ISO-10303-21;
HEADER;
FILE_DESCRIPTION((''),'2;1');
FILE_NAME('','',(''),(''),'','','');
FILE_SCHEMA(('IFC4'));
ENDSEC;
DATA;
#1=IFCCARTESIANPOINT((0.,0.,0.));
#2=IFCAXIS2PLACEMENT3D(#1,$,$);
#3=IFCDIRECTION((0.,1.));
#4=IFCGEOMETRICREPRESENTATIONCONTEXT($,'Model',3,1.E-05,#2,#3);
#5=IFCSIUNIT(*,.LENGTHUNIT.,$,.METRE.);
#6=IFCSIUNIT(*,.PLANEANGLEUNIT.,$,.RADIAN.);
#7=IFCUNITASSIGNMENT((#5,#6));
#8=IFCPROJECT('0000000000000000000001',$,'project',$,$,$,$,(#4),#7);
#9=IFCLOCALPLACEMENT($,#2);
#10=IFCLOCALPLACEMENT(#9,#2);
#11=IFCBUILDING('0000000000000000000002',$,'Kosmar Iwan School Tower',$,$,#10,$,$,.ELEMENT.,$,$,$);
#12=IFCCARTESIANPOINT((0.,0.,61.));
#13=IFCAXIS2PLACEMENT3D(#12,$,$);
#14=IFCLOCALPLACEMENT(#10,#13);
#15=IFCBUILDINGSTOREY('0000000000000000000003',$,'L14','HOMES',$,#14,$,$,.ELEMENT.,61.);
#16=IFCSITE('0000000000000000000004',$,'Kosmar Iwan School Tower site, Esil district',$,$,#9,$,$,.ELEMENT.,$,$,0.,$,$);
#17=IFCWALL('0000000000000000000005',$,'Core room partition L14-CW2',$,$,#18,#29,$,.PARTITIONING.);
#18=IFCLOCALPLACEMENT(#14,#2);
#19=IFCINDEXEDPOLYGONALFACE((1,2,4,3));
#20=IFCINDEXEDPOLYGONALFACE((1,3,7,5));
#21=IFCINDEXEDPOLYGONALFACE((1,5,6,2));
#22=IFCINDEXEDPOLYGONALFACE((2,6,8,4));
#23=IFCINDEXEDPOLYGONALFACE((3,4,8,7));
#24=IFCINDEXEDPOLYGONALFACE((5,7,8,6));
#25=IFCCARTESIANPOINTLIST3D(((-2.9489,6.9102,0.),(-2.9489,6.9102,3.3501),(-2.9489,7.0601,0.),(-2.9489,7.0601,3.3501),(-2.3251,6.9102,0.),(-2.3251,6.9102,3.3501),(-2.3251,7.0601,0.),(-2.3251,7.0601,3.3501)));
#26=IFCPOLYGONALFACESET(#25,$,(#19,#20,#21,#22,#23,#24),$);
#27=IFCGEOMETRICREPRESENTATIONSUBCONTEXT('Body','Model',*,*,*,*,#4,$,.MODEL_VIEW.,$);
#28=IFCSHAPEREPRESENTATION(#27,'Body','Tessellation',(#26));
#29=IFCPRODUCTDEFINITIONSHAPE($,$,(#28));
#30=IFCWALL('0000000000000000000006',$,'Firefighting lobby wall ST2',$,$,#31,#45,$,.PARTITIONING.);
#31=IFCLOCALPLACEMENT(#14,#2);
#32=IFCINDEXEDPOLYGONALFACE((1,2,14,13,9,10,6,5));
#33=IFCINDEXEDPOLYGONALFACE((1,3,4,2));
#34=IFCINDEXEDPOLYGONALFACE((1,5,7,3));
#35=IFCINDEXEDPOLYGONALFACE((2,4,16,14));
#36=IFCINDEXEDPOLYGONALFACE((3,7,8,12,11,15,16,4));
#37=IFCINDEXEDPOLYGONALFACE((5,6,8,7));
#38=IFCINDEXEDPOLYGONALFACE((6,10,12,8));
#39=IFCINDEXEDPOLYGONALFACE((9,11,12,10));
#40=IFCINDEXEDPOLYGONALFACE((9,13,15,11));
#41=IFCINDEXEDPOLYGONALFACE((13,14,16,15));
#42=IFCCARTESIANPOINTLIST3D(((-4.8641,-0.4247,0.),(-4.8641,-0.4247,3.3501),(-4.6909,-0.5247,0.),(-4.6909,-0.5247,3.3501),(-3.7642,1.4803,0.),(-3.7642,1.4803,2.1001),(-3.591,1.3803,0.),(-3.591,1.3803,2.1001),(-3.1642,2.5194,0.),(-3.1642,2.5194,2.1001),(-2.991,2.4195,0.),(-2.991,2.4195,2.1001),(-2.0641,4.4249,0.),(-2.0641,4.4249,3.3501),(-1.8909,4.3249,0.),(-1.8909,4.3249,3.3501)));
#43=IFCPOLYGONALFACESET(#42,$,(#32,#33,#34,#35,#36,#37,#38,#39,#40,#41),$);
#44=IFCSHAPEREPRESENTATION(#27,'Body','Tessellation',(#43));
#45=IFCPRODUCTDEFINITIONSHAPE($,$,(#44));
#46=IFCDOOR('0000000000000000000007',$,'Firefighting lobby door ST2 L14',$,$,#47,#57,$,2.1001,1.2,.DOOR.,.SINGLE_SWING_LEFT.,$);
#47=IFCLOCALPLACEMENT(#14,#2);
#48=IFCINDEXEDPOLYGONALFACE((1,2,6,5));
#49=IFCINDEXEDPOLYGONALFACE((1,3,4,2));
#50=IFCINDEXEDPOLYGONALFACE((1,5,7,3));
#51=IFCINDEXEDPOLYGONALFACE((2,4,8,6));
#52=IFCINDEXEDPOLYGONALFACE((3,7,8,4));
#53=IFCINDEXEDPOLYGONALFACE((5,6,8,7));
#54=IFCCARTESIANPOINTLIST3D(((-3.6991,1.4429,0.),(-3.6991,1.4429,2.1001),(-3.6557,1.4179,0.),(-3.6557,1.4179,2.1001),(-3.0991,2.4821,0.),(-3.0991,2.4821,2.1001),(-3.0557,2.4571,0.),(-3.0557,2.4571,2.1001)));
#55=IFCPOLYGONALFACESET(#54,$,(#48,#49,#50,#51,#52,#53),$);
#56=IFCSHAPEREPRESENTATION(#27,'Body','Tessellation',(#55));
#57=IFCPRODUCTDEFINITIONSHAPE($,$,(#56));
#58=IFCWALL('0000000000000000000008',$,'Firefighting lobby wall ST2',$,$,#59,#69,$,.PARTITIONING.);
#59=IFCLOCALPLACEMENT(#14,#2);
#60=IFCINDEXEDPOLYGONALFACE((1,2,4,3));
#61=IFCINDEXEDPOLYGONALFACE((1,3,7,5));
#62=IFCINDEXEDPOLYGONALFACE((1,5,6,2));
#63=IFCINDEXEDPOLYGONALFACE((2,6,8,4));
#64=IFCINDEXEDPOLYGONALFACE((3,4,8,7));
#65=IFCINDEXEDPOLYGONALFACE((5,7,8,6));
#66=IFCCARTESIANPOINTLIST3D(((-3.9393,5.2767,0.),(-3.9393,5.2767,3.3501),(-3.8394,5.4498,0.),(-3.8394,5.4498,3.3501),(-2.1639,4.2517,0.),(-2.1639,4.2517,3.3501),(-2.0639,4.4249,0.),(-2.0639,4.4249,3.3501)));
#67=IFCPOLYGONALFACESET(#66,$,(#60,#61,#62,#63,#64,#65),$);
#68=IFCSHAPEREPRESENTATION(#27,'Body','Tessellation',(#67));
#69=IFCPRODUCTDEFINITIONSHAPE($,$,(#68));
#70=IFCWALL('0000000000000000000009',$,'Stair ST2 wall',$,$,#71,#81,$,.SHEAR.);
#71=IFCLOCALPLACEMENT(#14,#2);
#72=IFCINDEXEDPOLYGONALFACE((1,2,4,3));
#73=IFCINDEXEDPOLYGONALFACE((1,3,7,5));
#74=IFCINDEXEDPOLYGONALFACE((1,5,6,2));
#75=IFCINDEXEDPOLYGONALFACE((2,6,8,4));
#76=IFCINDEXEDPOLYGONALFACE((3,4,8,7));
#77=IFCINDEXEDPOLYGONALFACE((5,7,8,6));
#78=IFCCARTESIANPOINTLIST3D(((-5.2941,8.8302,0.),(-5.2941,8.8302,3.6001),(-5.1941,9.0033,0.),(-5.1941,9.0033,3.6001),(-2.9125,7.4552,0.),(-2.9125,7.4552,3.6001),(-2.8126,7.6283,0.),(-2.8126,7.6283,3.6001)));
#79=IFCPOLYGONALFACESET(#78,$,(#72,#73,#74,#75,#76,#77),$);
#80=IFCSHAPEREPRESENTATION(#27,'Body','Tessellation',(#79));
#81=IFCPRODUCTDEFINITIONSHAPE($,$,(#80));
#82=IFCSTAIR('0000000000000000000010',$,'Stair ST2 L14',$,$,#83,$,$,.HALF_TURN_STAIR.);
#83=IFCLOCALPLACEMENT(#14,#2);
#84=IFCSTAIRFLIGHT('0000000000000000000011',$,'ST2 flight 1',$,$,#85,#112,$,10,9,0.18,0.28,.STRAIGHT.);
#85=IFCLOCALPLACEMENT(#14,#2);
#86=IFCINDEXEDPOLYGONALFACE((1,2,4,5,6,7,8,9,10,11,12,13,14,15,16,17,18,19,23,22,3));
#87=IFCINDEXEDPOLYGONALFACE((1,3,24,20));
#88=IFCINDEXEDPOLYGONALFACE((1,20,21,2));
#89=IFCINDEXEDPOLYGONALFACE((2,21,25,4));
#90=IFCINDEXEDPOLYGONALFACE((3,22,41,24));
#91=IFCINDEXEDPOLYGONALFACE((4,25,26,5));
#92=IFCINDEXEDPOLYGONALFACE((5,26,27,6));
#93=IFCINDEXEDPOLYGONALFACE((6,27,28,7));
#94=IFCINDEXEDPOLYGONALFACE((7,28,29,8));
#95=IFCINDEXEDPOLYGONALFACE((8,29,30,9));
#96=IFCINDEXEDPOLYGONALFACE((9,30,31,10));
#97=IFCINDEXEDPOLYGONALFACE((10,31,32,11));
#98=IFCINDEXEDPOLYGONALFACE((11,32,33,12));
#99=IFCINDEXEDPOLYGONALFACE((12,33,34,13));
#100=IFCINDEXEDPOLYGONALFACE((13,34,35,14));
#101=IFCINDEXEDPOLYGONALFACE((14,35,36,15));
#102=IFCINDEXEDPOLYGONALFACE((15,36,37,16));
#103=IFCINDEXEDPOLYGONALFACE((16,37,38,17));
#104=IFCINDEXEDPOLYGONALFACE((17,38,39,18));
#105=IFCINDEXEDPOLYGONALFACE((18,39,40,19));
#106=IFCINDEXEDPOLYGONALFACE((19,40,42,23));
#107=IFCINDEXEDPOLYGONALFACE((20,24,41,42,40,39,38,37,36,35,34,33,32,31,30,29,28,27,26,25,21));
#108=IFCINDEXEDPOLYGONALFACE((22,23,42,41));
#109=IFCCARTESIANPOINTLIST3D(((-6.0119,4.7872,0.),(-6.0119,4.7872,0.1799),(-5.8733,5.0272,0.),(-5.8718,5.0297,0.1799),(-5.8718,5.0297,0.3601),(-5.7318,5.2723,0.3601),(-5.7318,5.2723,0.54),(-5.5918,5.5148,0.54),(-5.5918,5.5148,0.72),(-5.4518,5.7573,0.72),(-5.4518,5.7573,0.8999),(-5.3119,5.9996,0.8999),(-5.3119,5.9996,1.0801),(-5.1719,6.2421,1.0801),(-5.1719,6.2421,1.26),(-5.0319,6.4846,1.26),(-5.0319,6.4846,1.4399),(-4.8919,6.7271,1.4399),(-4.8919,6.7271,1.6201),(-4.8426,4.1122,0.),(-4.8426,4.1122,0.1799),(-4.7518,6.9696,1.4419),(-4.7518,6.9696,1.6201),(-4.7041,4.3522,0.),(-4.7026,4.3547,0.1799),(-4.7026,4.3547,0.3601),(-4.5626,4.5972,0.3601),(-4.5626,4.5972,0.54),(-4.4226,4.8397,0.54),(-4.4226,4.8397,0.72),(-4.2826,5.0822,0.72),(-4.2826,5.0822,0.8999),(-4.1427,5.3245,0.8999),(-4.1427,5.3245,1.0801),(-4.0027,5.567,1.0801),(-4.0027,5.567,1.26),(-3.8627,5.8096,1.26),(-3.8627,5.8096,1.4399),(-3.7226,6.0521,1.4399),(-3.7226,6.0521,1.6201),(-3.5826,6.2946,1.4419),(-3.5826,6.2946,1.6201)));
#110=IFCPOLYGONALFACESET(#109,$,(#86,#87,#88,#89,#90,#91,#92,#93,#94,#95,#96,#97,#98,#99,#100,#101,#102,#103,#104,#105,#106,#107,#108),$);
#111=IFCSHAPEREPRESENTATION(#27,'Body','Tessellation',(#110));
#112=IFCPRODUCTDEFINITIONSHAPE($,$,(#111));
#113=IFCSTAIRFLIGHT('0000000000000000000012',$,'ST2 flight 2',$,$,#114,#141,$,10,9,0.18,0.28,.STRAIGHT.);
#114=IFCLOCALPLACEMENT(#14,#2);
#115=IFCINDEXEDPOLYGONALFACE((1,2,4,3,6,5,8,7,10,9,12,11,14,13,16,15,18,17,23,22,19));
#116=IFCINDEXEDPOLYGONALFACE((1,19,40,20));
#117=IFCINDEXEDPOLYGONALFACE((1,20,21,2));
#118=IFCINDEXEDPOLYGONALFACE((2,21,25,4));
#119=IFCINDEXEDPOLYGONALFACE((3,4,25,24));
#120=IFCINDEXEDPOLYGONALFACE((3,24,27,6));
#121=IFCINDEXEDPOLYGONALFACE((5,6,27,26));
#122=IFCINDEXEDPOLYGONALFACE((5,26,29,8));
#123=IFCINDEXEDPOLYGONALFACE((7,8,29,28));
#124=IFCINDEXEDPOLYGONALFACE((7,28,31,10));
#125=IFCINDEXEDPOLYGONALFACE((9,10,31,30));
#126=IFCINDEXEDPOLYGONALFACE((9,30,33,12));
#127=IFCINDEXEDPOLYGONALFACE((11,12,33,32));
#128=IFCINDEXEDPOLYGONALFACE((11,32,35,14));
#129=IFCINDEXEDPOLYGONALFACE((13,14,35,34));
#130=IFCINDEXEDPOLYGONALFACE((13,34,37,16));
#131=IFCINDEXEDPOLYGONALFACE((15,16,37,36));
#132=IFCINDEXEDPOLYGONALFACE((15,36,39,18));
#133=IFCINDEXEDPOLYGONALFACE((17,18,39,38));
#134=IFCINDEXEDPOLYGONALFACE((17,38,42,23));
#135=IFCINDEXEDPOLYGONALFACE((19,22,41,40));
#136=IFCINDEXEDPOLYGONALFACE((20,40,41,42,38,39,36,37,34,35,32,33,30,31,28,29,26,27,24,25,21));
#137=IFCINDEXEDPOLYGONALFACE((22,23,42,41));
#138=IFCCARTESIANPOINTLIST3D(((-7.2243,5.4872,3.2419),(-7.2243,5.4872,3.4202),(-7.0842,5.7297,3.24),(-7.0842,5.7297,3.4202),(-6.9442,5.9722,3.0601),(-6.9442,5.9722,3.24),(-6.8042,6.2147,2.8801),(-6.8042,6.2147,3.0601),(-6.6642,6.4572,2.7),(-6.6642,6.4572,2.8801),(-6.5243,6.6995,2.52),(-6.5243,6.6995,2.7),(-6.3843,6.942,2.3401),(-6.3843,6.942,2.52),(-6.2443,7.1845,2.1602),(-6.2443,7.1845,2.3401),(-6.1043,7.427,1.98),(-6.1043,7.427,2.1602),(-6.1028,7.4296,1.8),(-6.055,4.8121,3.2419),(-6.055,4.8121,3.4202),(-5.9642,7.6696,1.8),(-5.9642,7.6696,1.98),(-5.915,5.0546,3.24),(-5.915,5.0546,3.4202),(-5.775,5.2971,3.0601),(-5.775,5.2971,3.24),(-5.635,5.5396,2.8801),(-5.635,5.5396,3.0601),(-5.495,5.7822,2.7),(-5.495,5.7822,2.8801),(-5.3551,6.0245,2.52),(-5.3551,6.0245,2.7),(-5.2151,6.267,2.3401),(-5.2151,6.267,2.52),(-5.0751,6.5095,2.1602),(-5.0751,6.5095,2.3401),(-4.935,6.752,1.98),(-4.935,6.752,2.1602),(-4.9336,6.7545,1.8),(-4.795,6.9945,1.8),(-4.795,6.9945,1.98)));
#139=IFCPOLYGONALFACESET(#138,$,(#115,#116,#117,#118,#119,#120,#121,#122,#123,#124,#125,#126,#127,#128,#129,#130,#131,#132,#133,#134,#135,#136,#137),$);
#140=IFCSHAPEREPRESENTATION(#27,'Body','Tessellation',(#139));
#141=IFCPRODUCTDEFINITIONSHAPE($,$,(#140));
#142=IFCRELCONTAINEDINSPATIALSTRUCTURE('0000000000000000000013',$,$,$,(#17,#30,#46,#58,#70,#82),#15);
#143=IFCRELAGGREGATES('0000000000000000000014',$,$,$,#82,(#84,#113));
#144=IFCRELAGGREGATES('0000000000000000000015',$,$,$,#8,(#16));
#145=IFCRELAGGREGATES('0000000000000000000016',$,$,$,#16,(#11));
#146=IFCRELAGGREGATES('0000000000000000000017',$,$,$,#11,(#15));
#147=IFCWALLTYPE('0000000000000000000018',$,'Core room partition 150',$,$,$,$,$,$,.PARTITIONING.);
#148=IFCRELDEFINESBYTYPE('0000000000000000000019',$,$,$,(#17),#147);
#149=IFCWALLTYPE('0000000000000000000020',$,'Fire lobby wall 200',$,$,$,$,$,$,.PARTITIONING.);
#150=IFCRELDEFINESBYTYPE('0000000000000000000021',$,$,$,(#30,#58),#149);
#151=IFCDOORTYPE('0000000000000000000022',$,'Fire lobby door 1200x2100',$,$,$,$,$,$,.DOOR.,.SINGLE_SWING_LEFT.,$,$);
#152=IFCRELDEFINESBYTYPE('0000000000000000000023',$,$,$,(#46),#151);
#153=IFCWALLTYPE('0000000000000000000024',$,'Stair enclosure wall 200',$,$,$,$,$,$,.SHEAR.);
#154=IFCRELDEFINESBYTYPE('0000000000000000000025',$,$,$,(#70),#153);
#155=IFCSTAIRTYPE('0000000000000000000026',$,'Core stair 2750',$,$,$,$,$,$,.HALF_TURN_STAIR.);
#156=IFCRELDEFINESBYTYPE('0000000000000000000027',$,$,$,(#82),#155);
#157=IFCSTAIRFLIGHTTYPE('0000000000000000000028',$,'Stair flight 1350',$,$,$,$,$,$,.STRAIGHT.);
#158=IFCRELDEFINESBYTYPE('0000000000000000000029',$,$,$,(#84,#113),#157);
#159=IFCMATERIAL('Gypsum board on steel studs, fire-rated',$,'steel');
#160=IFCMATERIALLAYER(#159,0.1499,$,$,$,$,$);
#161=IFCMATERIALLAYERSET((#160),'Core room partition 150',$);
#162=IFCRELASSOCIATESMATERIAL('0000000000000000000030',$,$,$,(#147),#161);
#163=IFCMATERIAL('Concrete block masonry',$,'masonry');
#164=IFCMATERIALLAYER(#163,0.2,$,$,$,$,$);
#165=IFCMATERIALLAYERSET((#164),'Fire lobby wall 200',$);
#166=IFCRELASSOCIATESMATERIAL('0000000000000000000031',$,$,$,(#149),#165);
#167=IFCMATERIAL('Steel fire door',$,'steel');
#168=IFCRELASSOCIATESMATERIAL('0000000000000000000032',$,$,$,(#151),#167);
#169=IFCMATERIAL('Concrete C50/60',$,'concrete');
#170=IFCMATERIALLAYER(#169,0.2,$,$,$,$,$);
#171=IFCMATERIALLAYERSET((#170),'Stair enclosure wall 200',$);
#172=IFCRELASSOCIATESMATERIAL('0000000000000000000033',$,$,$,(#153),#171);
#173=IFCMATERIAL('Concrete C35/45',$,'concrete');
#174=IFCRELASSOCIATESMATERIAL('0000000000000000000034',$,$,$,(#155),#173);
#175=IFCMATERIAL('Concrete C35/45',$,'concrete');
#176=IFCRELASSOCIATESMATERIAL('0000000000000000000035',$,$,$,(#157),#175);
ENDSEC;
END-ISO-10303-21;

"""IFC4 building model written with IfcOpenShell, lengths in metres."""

from ifc_helpers import new_model, si_unit, direction, frame, frame_2d, origin, place, context, subcontext, project, spatial, polyline, rectangle, outline, extrude, material, layer, layer_set, type_object, element, fill, aggregate, save


model = new_model("IFC4")

# Units and contexts
model_context = context("Model", 3, precision=1e-05, world=origin(), true_north=direction((0.0, 1.0)))
body_context = subcontext(model_context, "Body", "Model", "MODEL_VIEW")
ifc_project = project(units=[si_unit("LENGTHUNIT", "METRE"), si_unit("PLANEANGLEUNIT", "RADIAN")], contexts=[model_context])

# Site, building, storey
site_placement = place(None, origin())
site = spatial("IfcSite", under=ifc_project, at=site_placement, Name="Kosmar Iwan School Tower site, Esil district", CompositionType="ELEMENT", RefElevation=0.0)
building_placement = place(site_placement, origin())
building = spatial("IfcBuilding", under=site, at=building_placement, Name="Kosmar Iwan School Tower", CompositionType="ELEMENT")
storey_placement = place(building_placement, frame((0.0, 0.0, 61.0)))
storey = spatial("IfcBuildingStorey", under=building, at=storey_placement, Name="L14", Description="HOMES", CompositionType="ELEMENT", Elevation=61.0)

# Wall
ifc_material_1 = material(Name="Gypsum board on steel studs, fire-rated", Category="steel")
ifc_layer_1 = layer(ifc_material_1, 0.1499)
ifc_layer_set_1 = layer_set([ifc_layer_1], Name="Core room partition 150")
wall_type_1 = type_object("IfcWallType", Name="Core room partition 150", PredefinedType="PARTITIONING", material=ifc_layer_set_1)
wall_1_placement = place(storey_placement, frame((-2.325, 6.9851, 0.0), z_axis=(0.0, 0.0, 1.0), x_axis=(-1.0, 0.0, 0.0)))
element("IfcWall", 1, at=wall_1_placement, inside=storey, type_object=wall_type_1, Name="Core room partition L14-CW2", PredefinedType="PARTITIONING", context=body_context, shape_type="SweptSolid", body=[
    extrude(rectangle(XDim=0.6238, YDim=0.1499, at=frame_2d((0.312, 0.0))), origin(), (0.0, 0.0, 1.0), 3.3501),
])

# Wall, opening, door
ifc_material_2 = material(Name="Concrete block masonry", Category="masonry")
ifc_layer_2 = layer(ifc_material_2, 0.2)
ifc_layer_set_2 = layer_set([ifc_layer_2], Name="Fire lobby wall 200")
wall_type_2 = type_object("IfcWallType", Name="Fire lobby wall 200", PredefinedType="PARTITIONING", material=ifc_layer_set_2)
wall_2_placement = place(storey_placement, frame((-1.9775, 4.3748, 0.0), z_axis=(0.0, 0.0, 1.0), x_axis=(-0.500017, -0.866016, 0.0)))
wall_2 = element("IfcWall", 2, at=wall_2_placement, inside=storey, type_object=wall_type_2, Name="Firefighting lobby wall ST2", PredefinedType="PARTITIONING", context=body_context, shape_type="SweptSolid", body=[
    extrude(rectangle(XDim=5.5999, YDim=0.2, at=frame_2d((2.7998, 0.0))), origin(), (0.0, 0.0, 1.0), 3.3501),
])
opening_placement = place(wall_2_placement, frame((2.2, 0.0, 0.0)))
opening = element("IfcOpeningElement", 3, at=opening_placement, cuts=wall_2, PredefinedType="OPENING", context=body_context, shape_type="SweptSolid", body=[
    extrude(rectangle(XDim=1.2, YDim=2.1001, at=frame_2d((0.6001, 1.05))), frame((0.0, 0.1121, 0.0), z_axis=(0.0, -1.0, 0.0), x_axis=(1.0, 0.0, 0.0)), (0.0, 0.0, 1.0), 0.2239),
])
ifc_material_3 = material(Name="Steel fire door", Category="steel")
door_type = type_object("IfcDoorType", Name="Fire lobby door 1200x2100", OperationType="SINGLE_SWING_LEFT", PredefinedType="DOOR", material=ifc_material_3)
door_placement = place(opening_placement, frame((1.2, 0.0, 0.0), z_axis=(0.0, 0.0, 1.0), x_axis=(-1.0, 0.0, 0.0)))
door = element("IfcDoor", 4, at=door_placement, inside=storey, type_object=door_type, Name="Firefighting lobby door ST2 L14", OperationType="SINGLE_SWING_LEFT", OverallHeight=2.1001, OverallWidth=1.2, PredefinedType="DOOR", context=body_context, shape_type="SweptSolid", body=[
    extrude(rectangle(XDim=1.2, YDim=2.1001, at=frame_2d((0.6001, 1.05))), frame((0.0, 0.0249, 0.0), z_axis=(0.0, -1.0, 0.0), x_axis=(1.0, 0.0, 0.0)), (0.0, 0.0, 1.0), 0.05),
])
fill(opening, door)

# Walls
wall_3_placement = place(storey_placement, frame((-2.114, 4.3384, 0.0), z_axis=(0.0, 0.0, 1.0), x_axis=(-0.866051, 0.499956, 0.0)))
element("IfcWall", 5, at=wall_3_placement, inside=storey, type_object=wall_type_2, Name="Firefighting lobby wall ST2", PredefinedType="PARTITIONING", context=body_context, shape_type="SweptSolid", body=[
    extrude(rectangle(XDim=2.05, YDim=0.2, at=frame_2d((1.0249, 0.0))), origin(), (0.0, 0.0, 1.0), 3.3501),
])
ifc_material_4 = material(Name="Concrete C50/60", Category="concrete")
ifc_layer_3 = layer(ifc_material_4, 0.2)
ifc_layer_set_3 = layer_set([ifc_layer_3], Name="Stair enclosure wall 200")
wall_type_3 = type_object("IfcWallType", Name="Stair enclosure wall 200", PredefinedType="SHEAR", material=ifc_layer_set_3)
wall_4_placement = place(storey_placement, frame((-2.8625, 7.5417, 0.0), z_axis=(0.0, 0.0, 1.0), x_axis=(-0.866027, 0.499997, 0.0)))
element("IfcWall", 6, at=wall_4_placement, inside=storey, type_object=wall_type_3, Name="Stair ST2 wall", PredefinedType="SHEAR", context=body_context, shape_type="SweptSolid", body=[
    extrude(rectangle(XDim=2.75, YDim=0.2, at=frame_2d((1.375, 0.0))), origin(), (0.0, 0.0, 1.0), 3.6001),
])

# Stair, stair flights
ifc_material_5 = material(Name="Concrete C35/45", Category="concrete")
stair_type = type_object("IfcStairType", Name="Core stair 2750", PredefinedType="HALF_TURN_STAIR", material=ifc_material_5)
stair_placement = place(storey_placement, origin())
stair = element("IfcStair", 7, at=stair_placement, inside=storey, type_object=stair_type, Name="Stair ST2 L14", PredefinedType="HALF_TURN_STAIR")
ifc_material_6 = material(Name="Concrete C35/45", Category="concrete")
stair_flight_type = type_object("IfcStairFlightType", Name="Stair flight 1350", PredefinedType="STRAIGHT", material=ifc_material_6)
stair_flight_1_placement = place(storey_placement, frame((-5.4272, 4.4497, 0.0), z_axis=(0.0, 0.0, 1.0), x_axis=(0.5, 0.866025, 0.0)))
stair_flight_1 = element("IfcStairFlight", 8, at=stair_flight_1_placement, type_object=stair_flight_type, Name="ST2 flight 1", NumberOfRisers=10, NumberOfTreads=9, PredefinedType="STRAIGHT", RiserHeight=0.18, TreadLength=0.28, context=body_context, shape_type="SweptSolid", body=[
    extrude(outline(polyline([(0.0, 0.0), (0.0, 0.1799), (0.28, 0.1799), (0.28, 0.3601), (0.5601, 0.3601), (0.5601, 0.54), (0.8401, 0.54), (0.8401, 0.72), (1.1201, 0.72), (1.1201, 0.8999), (1.3999, 0.8999), (1.3999, 1.0801), (1.6799, 1.0801), (1.6799, 1.26), (1.96, 1.26), (1.96, 1.4399), (2.24, 1.4399), (2.24, 1.6201), (2.52, 1.6201), (2.52, 1.8), (2.52, 1.4419), (0.2771, 0.0), (0.0, 0.0)])), frame((0.0, 0.675, 0.0), z_axis=(0.0, -1.0, 0.0), x_axis=(1.0, 0.0, 0.0)), (0.0, 0.0, 1.0), 1.3501),
])
stair_flight_2_placement = place(storey_placement, frame((-5.3796, 7.332, 1.8), z_axis=(0.0, 0.0, 1.0), x_axis=(-0.5, -0.866025, 0.0)))
stair_flight_2 = element("IfcStairFlight", 9, at=stair_flight_2_placement, type_object=stair_flight_type, Name="ST2 flight 2", NumberOfRisers=10, NumberOfTreads=9, PredefinedType="STRAIGHT", RiserHeight=0.18, TreadLength=0.28, context=body_context, shape_type="SweptSolid", body=[
    extrude(outline(polyline([(0.0, 0.0), (0.0, 0.1799), (0.28, 0.1799), (0.28, 0.3601), (0.5601, 0.3601), (0.5601, 0.54), (0.8401, 0.54), (0.8401, 0.72), (1.1201, 0.72), (1.1201, 0.8999), (1.3999, 0.8999), (1.3999, 1.0801), (1.6799, 1.0801), (1.6799, 1.26), (1.96, 1.26), (1.96, 1.4399), (2.24, 1.4399), (2.24, 1.6201), (2.52, 1.6201), (2.52, 1.8), (2.52, 1.4419), (0.2771, 0.0), (0.0, 0.0)])), frame((0.0, 0.675, 0.0), z_axis=(0.0, -1.0, 0.0), x_axis=(1.0, 0.0, 0.0)), (0.0, 0.0, 1.0), 1.3501),
])
aggregate(stair, [stair_flight_1, stair_flight_2])

save(model, "model.ifc")
